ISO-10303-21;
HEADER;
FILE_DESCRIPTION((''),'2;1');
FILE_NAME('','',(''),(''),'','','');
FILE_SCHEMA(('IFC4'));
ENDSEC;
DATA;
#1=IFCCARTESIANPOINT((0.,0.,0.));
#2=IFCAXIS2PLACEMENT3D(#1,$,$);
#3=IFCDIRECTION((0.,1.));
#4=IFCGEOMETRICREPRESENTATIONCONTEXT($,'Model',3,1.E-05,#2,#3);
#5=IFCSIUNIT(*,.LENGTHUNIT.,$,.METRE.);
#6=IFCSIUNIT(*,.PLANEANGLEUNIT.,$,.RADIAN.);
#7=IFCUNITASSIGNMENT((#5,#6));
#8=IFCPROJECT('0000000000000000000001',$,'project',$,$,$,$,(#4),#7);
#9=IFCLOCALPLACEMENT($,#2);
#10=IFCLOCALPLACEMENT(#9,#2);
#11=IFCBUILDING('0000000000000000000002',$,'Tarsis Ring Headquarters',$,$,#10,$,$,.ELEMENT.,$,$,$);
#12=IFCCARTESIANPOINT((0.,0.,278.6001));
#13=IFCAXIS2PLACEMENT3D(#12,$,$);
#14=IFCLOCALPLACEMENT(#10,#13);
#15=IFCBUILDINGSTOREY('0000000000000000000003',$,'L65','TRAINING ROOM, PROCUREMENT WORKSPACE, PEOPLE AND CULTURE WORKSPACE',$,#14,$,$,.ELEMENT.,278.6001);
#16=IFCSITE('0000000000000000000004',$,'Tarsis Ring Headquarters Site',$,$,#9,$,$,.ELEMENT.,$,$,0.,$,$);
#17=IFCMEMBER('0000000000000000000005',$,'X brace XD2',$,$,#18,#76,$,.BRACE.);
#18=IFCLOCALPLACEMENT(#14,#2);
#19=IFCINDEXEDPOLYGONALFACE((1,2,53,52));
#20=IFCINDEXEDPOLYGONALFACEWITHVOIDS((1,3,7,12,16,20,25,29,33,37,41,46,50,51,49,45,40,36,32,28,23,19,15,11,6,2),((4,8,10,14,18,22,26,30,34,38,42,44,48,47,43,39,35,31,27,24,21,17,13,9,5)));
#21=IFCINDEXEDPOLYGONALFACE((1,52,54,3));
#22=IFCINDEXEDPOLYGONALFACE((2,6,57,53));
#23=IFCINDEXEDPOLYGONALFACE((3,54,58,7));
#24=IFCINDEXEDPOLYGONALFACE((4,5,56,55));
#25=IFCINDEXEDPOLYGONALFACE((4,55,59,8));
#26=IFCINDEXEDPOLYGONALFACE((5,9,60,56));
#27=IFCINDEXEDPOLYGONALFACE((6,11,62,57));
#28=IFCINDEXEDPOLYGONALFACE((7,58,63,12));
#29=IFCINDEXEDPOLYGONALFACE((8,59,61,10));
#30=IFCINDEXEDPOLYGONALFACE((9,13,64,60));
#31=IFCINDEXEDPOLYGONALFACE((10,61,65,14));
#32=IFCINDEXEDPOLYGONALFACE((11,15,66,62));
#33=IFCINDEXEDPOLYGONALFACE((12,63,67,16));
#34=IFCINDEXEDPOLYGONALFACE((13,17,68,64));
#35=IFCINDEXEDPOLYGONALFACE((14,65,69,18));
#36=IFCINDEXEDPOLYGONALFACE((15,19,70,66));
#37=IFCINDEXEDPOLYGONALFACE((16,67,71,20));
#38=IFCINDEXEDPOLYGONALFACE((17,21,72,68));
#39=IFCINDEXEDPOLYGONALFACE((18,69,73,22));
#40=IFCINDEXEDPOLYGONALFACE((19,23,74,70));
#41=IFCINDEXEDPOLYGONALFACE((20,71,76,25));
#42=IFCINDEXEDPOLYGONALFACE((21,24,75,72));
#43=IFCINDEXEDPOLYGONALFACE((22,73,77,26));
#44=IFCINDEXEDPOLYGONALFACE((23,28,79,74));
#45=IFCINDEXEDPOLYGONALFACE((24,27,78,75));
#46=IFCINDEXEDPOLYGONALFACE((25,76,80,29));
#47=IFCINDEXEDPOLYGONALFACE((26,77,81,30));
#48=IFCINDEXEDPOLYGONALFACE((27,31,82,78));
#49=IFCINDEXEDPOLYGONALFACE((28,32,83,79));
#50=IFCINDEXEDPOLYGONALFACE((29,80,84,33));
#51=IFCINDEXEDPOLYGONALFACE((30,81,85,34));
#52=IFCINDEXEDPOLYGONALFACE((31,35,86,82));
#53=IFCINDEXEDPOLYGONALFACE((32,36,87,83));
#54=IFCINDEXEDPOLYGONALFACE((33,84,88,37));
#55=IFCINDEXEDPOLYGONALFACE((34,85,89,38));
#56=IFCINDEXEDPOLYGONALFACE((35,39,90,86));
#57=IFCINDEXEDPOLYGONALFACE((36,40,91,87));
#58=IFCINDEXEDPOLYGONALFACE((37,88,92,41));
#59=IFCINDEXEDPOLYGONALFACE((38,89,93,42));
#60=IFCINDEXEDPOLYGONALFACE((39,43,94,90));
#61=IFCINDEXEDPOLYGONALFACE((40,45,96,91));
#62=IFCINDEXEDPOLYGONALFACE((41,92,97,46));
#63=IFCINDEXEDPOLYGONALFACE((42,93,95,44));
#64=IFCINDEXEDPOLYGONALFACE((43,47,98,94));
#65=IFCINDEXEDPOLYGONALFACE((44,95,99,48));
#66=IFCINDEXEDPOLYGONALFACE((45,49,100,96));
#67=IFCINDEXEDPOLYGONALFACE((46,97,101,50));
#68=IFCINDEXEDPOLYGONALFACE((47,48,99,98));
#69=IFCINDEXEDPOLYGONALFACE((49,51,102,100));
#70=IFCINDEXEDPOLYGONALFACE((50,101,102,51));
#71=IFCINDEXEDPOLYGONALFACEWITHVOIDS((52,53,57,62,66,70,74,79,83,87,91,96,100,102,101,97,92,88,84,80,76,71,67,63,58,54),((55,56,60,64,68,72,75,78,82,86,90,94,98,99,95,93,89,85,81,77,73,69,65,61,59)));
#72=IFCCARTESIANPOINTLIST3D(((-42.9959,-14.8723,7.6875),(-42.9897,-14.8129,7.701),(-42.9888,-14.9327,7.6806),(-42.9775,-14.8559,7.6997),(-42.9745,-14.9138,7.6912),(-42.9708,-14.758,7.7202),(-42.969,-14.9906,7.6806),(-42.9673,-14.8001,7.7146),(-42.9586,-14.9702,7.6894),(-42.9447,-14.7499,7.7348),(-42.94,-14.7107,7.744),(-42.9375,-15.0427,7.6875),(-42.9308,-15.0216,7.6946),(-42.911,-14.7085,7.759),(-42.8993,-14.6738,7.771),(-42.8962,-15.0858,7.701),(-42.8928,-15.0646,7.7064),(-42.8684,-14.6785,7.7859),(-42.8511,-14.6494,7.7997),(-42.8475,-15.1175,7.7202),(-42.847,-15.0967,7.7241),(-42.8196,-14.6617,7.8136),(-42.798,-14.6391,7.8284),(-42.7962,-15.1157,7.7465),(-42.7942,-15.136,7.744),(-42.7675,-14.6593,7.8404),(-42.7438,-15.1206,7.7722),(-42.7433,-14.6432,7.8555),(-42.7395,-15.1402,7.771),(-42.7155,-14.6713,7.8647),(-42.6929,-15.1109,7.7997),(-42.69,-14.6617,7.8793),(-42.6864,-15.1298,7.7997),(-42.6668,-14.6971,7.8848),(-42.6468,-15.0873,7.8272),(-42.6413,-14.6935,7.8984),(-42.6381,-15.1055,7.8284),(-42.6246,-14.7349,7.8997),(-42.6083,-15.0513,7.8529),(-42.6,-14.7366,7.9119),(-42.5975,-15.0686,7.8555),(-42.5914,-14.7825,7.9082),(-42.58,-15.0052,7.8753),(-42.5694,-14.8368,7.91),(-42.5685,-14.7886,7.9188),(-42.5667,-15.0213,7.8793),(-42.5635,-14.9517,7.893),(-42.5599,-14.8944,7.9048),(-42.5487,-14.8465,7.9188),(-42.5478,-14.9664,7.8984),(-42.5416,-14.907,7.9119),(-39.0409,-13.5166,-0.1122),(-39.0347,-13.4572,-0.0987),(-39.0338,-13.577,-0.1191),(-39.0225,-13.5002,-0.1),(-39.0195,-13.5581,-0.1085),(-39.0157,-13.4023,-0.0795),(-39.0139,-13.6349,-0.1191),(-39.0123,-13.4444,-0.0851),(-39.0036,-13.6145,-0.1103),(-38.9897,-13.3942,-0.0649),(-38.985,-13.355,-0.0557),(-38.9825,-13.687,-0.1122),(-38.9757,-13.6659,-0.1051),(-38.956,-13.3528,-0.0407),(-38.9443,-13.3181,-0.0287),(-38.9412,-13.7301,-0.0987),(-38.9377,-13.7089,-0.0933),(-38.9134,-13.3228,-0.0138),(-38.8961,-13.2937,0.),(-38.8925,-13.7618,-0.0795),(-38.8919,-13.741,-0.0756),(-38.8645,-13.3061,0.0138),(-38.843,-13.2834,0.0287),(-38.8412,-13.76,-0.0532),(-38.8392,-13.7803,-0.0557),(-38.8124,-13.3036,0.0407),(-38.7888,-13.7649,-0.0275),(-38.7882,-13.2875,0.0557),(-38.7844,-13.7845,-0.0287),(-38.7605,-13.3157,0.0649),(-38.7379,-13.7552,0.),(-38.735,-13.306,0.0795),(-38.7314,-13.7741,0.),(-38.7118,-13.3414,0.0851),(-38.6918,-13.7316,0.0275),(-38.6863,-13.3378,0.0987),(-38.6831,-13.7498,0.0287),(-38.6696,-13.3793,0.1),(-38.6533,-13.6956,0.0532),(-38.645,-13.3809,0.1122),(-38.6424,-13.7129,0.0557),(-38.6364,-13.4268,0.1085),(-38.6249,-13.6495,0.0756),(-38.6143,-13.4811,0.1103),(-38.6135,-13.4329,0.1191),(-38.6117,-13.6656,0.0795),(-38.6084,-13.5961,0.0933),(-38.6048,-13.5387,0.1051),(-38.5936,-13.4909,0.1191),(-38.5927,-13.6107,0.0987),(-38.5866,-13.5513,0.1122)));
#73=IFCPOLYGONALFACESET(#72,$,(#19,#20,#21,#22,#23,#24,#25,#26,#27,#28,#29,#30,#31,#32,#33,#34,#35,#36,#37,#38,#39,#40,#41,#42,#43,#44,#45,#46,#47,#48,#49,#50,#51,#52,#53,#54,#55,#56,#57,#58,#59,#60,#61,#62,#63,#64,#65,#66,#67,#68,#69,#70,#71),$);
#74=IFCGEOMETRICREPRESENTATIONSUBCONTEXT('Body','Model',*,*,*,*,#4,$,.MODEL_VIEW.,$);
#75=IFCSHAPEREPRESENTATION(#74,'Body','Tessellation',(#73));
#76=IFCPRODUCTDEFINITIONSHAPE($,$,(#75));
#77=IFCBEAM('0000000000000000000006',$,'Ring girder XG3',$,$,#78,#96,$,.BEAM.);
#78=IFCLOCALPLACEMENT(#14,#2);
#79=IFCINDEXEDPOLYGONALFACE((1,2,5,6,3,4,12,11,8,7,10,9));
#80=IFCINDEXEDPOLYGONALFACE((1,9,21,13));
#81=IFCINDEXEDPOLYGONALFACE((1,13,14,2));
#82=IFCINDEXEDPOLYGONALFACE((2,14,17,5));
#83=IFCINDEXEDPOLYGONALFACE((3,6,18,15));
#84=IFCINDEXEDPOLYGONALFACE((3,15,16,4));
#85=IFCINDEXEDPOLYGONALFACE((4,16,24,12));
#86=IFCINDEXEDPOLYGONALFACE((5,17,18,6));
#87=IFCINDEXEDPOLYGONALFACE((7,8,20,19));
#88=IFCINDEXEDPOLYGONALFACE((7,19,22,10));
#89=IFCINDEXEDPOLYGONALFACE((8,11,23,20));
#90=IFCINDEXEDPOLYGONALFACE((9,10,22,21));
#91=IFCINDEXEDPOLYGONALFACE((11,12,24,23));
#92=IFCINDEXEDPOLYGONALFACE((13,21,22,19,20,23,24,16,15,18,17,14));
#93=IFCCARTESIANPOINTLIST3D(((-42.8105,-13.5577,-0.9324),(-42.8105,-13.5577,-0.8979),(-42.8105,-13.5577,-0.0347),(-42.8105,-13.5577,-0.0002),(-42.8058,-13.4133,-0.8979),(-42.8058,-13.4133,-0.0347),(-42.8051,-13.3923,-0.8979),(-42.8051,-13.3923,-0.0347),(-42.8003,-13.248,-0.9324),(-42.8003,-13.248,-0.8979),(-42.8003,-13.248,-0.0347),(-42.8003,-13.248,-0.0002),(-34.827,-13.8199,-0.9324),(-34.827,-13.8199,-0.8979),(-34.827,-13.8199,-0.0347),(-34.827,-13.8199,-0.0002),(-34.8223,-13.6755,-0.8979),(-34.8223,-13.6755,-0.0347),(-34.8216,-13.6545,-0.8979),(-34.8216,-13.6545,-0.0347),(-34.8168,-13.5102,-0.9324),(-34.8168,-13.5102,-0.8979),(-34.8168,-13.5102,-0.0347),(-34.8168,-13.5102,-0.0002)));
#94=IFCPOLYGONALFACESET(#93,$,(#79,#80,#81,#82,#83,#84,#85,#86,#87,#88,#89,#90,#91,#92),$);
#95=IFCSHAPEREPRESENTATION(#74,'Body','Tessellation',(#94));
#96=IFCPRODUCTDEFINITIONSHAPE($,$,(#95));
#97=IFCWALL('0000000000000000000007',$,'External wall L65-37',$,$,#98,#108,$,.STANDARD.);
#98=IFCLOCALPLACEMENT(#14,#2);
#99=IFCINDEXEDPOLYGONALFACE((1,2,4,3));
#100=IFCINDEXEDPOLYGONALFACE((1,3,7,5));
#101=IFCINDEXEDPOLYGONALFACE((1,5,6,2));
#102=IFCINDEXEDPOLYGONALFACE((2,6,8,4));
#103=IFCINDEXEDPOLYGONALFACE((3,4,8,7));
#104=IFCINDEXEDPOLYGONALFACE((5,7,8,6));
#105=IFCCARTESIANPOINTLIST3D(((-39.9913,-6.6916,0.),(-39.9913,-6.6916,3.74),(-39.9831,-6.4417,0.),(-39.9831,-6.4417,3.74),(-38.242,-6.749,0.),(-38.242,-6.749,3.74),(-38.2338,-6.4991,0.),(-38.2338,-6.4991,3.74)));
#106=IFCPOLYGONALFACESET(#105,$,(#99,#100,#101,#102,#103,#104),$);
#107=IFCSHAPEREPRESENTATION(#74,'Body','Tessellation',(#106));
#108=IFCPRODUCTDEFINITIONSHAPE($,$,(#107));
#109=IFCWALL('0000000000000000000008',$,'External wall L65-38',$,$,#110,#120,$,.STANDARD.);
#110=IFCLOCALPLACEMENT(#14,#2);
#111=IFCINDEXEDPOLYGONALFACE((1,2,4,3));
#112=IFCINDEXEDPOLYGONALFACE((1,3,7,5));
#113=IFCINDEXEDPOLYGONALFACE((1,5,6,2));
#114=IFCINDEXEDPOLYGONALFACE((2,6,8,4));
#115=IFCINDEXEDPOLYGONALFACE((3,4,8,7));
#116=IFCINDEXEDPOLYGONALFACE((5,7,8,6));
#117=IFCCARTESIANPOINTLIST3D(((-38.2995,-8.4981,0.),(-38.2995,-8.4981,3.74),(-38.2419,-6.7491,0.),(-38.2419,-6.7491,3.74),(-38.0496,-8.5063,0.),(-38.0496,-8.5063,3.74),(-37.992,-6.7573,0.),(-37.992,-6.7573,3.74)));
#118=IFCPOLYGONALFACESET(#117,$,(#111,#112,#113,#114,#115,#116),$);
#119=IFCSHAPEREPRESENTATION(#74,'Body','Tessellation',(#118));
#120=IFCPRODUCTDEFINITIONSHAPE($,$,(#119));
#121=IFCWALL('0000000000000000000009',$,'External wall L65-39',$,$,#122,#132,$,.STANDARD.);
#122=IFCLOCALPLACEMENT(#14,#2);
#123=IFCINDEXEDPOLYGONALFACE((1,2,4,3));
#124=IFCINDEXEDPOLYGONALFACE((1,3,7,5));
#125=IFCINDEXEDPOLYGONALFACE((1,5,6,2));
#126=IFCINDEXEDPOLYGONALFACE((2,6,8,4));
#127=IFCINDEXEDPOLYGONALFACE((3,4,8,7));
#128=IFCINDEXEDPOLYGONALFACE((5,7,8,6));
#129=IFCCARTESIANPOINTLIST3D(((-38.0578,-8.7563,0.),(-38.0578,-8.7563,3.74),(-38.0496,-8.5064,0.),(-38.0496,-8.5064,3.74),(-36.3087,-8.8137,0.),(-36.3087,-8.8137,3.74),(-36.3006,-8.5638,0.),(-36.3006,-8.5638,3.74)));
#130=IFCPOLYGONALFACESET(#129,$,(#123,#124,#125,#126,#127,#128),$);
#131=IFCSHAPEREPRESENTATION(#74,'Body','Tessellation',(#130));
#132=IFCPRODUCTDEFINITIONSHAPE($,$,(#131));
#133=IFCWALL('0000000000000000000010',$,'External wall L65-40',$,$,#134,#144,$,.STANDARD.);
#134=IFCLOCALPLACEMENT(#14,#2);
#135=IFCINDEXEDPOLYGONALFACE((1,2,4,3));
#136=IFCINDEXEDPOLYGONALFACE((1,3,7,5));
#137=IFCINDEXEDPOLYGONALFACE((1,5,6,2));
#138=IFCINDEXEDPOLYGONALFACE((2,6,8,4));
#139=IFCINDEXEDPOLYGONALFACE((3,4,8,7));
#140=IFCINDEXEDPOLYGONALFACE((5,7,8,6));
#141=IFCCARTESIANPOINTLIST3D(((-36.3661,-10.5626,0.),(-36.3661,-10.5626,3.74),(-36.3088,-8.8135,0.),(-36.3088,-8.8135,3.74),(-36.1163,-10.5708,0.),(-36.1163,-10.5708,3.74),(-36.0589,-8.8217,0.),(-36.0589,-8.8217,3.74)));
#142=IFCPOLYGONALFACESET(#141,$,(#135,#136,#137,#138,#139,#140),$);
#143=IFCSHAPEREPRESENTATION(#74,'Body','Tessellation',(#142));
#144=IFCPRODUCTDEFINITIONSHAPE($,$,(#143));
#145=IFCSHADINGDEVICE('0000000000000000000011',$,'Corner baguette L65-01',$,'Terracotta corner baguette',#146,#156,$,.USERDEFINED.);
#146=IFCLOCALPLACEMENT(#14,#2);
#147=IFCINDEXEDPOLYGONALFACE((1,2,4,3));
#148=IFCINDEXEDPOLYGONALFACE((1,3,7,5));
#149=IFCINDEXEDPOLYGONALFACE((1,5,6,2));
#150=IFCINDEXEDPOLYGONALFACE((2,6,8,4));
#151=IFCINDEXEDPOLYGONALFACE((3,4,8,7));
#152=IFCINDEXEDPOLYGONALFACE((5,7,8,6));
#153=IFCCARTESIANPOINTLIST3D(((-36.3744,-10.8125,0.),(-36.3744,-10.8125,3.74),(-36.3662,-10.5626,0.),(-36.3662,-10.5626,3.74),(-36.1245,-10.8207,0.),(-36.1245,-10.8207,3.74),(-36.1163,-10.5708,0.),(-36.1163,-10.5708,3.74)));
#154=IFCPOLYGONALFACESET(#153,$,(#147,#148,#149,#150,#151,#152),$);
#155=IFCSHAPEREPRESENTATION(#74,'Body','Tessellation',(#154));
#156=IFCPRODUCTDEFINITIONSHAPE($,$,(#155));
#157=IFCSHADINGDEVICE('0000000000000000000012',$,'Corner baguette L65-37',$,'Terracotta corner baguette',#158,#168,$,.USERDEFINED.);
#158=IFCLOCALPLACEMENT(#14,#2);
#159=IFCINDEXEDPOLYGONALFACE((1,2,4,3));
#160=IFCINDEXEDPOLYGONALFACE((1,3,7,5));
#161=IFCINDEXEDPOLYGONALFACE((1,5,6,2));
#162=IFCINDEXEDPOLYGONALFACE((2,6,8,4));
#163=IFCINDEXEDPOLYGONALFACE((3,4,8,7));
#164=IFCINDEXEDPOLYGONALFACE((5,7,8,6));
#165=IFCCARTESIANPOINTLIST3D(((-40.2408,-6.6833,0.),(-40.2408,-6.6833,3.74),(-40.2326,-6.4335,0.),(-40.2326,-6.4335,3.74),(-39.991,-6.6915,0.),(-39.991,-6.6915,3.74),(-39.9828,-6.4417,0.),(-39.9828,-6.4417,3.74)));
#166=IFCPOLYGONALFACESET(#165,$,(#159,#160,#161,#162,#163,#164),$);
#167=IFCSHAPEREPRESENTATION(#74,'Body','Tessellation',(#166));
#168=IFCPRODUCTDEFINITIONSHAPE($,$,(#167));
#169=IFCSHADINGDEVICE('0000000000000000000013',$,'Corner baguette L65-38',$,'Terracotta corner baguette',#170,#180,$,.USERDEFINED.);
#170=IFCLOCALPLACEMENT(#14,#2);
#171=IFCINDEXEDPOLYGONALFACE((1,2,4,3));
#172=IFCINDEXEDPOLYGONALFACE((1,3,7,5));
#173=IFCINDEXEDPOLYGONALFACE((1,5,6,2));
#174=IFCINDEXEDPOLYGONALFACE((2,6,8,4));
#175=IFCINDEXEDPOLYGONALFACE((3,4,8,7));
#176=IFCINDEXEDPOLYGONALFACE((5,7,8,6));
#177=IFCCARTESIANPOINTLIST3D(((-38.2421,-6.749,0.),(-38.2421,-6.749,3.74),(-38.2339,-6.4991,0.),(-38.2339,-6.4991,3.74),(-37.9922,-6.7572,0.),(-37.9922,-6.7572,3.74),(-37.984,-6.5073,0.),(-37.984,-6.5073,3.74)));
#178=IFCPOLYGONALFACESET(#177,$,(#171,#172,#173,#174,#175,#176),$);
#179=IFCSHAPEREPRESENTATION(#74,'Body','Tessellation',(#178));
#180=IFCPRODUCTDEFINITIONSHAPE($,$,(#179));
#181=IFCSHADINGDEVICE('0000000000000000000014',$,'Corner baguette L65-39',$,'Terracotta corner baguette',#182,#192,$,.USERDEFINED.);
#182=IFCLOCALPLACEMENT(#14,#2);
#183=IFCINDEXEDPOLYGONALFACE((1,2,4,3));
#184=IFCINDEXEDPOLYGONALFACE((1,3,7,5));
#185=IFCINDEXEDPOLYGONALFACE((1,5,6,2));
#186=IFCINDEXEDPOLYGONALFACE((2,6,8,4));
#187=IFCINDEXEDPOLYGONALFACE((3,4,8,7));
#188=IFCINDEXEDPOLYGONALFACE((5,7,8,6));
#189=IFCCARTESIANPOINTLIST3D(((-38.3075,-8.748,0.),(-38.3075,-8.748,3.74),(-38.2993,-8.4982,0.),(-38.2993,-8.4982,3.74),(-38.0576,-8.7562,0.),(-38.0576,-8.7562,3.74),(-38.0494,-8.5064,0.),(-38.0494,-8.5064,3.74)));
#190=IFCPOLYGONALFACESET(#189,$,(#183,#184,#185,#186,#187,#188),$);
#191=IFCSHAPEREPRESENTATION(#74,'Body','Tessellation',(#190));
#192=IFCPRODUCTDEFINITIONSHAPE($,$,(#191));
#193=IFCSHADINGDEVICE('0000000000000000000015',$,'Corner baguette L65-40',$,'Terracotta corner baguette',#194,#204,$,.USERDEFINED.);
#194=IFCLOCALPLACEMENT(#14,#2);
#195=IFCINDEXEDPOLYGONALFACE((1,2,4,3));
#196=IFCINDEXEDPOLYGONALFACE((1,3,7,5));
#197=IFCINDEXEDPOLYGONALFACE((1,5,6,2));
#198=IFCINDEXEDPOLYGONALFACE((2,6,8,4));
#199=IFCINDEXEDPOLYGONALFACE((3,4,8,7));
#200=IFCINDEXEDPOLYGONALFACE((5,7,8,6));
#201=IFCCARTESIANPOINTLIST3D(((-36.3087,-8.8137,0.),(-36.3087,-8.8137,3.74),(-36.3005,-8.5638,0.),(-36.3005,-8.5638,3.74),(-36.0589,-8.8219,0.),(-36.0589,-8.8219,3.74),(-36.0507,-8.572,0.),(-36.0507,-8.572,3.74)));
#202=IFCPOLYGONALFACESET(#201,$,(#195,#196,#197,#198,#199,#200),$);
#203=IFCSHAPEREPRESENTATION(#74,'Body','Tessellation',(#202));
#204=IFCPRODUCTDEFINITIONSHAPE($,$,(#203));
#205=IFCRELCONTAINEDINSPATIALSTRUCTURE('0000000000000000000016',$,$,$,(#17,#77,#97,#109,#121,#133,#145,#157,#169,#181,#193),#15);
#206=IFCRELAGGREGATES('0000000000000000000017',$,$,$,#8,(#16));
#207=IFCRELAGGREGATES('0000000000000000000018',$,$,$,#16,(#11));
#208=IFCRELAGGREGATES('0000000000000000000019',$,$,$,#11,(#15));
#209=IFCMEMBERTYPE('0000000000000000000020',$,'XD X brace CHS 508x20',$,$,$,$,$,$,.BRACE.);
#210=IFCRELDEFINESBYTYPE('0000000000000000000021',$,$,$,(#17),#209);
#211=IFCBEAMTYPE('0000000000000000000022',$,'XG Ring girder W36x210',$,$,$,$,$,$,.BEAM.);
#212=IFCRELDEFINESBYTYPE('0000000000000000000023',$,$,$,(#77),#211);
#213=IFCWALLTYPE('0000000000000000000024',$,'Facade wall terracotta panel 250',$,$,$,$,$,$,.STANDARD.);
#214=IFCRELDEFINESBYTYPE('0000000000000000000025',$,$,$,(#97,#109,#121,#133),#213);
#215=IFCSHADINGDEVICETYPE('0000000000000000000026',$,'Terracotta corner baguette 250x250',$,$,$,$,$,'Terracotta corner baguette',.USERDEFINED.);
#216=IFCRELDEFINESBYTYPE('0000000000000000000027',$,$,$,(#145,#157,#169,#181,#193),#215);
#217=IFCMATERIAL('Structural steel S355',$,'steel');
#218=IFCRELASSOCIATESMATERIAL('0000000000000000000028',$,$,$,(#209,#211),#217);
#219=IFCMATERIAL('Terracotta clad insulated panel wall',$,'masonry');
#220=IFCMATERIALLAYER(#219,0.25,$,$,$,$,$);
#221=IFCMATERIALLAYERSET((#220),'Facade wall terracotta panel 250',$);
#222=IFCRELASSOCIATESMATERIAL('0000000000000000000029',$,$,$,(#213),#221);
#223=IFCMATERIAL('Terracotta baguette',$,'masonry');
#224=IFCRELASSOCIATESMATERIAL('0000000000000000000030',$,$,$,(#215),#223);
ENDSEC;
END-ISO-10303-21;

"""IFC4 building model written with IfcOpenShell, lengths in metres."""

from ifc_helpers import new_model, si_unit, direction, frame, frame_2d, origin, origin_2d, place, context, subcontext, project, spatial, rectangle, hollow_circle, i_section, extrude, material, layer, layer_set, material_profile, profile_set, type_object, element, save


model = new_model("IFC4")

# Units and contexts
model_context = context("Model", 3, precision=1e-05, world=origin(), true_north=direction((0.0, 1.0)))
body_context = subcontext(model_context, "Body", "Model", "MODEL_VIEW")
ifc_project = project(units=[si_unit("LENGTHUNIT", "METRE"), si_unit("PLANEANGLEUNIT", "RADIAN")], contexts=[model_context])

# Site, building, storey
site_placement = place(None, origin())
site = spatial("IfcSite", under=ifc_project, at=site_placement, Name="Tarsis Ring Headquarters Site", CompositionType="ELEMENT", RefElevation=0.0)
building_placement = place(site_placement, origin())
building = spatial("IfcBuilding", under=site, at=building_placement, Name="Tarsis Ring Headquarters", CompositionType="ELEMENT")
storey_placement = place(building_placement, frame((0.0, 0.0, 278.6001)))
storey = spatial("IfcBuildingStorey", under=building, at=storey_placement, Name="L65", Description="TRAINING ROOM, PROCUREMENT WORKSPACE, PEOPLE AND CULTURE WORKSPACE", CompositionType="ELEMENT", Elevation=278.6001)

# Shared definitions
ifc_material_1 = material(Name="Structural steel S355", Category="steel")

# Member
ifc_material_profile_1 = material_profile(ifc_material_1, hollow_circle(Radius=0.2539, WallThickness=0.02, at=origin_2d()), Name="CHS 508x20")
ifc_profile_set_1 = profile_set([ifc_material_profile_1], Name="Structural steel S355")
member_type = type_object("IfcMemberType", Name="XD X brace CHS 508x20", PredefinedType="BRACE", material=ifc_profile_set_1)
member_1_placement = place(storey_placement, frame((-38.8137, -13.5339, 0.0), z_axis=(-0.446916, -0.153193, 0.881362), x_axis=(0.324257, -0.945969, 0.0)))
element("IfcMember", 1, at=member_1_placement, inside=storey, type_object=member_type, Name="X brace XD2", PredefinedType="BRACE", context=body_context, shape_type="SweptSolid", body=[
    extrude(hollow_circle(Radius=0.2539, WallThickness=0.02, at=origin_2d()), origin(), (0.0, 0.0, 1.0), 8.8496),
])

# Beam
ifc_material_profile_2 = material_profile(ifc_material_1, i_section(OverallWidth=0.3098, OverallDepth=0.9321, WebThickness=0.021, FlangeThickness=0.0344, at=origin_2d()), Name="W36x210")
ifc_profile_set_2 = profile_set([ifc_material_profile_2], Name="Structural steel S355")
beam_type = type_object("IfcBeamType", Name="XG Ring girder W36x210", PredefinedType="BEAM", material=ifc_profile_set_2)
beam_placement = place(storey_placement, frame((-42.8054, -13.4028, -0.4663), z_axis=(0.999461, -0.032826, 0.0), x_axis=(0.032826, 0.999461, 0.0)))
element("IfcBeam", 2, at=beam_placement, inside=storey, type_object=beam_type, Name="Ring girder XG3", PredefinedType="BEAM", context=body_context, shape_type="SweptSolid", body=[
    extrude(i_section(OverallWidth=0.3098, OverallDepth=0.9321, WebThickness=0.021, FlangeThickness=0.0344, at=origin_2d()), origin(), (0.0, 0.0, 1.0), 7.9878),
])

# Shared definitions
ifc_material_2 = material(Name="Terracotta clad insulated panel wall", Category="masonry")
ifc_layer = layer(ifc_material_2, 0.25)
ifc_layer_set = layer_set([ifc_layer], Name="Facade wall terracotta panel 250")
wall_type = type_object("IfcWallType", Name="Facade wall terracotta panel 250", PredefinedType="STANDARD", material=ifc_layer_set)

# Walls
wall_1_placement = place(storey_placement, frame((-39.9871, -6.5667, 0.0), z_axis=(0.0, 0.0, 1.0), x_axis=(0.999463, -0.032781, 0.0)))
element("IfcWall", 3, at=wall_1_placement, inside=storey, type_object=wall_type, Name="External wall L65-37", PredefinedType="STANDARD", context=body_context, shape_type="SweptSolid", body=[
    extrude(rectangle(XDim=1.7502, YDim=0.25, at=frame_2d((0.875, 0.0))), origin(), (0.0, 0.0, 1.0), 3.74),
])
for number, where, z_axis, x_axis, name in (
    (4, (-38.1169, -6.7532, 0.0), (0.0, 0.0, 1.0), (-0.032925, -0.999458, 0.0), "External wall L65-38"),
    (5, (-38.0537, -8.6313, 0.0), (0.0, 0.0, 1.0), (0.999462, -0.032785, 0.0), "External wall L65-39"),
    (6, (-36.1838, -8.8176, 0.0), (0.0, 0.0, 1.0), (-0.032785, -0.999462, 0.0), "External wall L65-40"),
):
    element("IfcWall", number, at=place(storey_placement, frame(where, z_axis=z_axis, x_axis=x_axis)), inside=storey, type_object=wall_type, Name=name, PredefinedType="STANDARD", context=body_context, shape_type="SweptSolid", body=[
        extrude(rectangle(XDim=1.75, YDim=0.25, at=frame_2d((0.875, 0.0))), origin(), (0.0, 0.0, 1.0), 3.74),
    ])

# Shading devices
ifc_material_3 = material(Name="Terracotta baguette", Category="masonry")
shading_device_type_1 = type_object("IfcShadingDeviceType", Name="Terracotta corner baguette 250x250", ElementType="Terracotta corner baguette", PredefinedType="USERDEFINED", material=ifc_material_3)
for number, where, z_axis, x_axis, name in (
    (7, (-36.2454, -10.6917, 0.0), (0.0, 0.0, 1.0), (-0.032806, -0.999462, 0.0), "Corner baguette L65-01"),
    (8, (-40.1118, -6.5625, 0.0), (0.0, 0.0, 1.0), (-0.032806, -0.999462, 0.0), "Corner baguette L65-37"),
    (9, (-38.113, -6.6282, 0.0), (0.0, 0.0, 1.0), (0.999462, -0.032806, 0.0), "Corner baguette L65-38"),
    (10, (-38.1785, -8.6272, 0.0), (0.0, 0.0, 1.0), (-0.032806, -0.999462, 0.0), "Corner baguette L65-39"),
    (11, (-36.1797, -8.6929, 0.0), (0.0, 0.0, 1.0), (0.999462, -0.032806, 0.0), "Corner baguette L65-40"),
):
    element("IfcShadingDevice", number, at=place(storey_placement, frame(where, z_axis=z_axis, x_axis=x_axis)), inside=storey, type_object=shading_device_type_1, Name=name, ObjectType="Terracotta corner baguette", PredefinedType="USERDEFINED", context=body_context, shape_type="SweptSolid", body=[
        extrude(rectangle(XDim=0.25, YDim=0.25, at=origin_2d()), origin(), (0.0, 0.0, 1.0), 3.74),
    ])

save(model, "model.ifc")
